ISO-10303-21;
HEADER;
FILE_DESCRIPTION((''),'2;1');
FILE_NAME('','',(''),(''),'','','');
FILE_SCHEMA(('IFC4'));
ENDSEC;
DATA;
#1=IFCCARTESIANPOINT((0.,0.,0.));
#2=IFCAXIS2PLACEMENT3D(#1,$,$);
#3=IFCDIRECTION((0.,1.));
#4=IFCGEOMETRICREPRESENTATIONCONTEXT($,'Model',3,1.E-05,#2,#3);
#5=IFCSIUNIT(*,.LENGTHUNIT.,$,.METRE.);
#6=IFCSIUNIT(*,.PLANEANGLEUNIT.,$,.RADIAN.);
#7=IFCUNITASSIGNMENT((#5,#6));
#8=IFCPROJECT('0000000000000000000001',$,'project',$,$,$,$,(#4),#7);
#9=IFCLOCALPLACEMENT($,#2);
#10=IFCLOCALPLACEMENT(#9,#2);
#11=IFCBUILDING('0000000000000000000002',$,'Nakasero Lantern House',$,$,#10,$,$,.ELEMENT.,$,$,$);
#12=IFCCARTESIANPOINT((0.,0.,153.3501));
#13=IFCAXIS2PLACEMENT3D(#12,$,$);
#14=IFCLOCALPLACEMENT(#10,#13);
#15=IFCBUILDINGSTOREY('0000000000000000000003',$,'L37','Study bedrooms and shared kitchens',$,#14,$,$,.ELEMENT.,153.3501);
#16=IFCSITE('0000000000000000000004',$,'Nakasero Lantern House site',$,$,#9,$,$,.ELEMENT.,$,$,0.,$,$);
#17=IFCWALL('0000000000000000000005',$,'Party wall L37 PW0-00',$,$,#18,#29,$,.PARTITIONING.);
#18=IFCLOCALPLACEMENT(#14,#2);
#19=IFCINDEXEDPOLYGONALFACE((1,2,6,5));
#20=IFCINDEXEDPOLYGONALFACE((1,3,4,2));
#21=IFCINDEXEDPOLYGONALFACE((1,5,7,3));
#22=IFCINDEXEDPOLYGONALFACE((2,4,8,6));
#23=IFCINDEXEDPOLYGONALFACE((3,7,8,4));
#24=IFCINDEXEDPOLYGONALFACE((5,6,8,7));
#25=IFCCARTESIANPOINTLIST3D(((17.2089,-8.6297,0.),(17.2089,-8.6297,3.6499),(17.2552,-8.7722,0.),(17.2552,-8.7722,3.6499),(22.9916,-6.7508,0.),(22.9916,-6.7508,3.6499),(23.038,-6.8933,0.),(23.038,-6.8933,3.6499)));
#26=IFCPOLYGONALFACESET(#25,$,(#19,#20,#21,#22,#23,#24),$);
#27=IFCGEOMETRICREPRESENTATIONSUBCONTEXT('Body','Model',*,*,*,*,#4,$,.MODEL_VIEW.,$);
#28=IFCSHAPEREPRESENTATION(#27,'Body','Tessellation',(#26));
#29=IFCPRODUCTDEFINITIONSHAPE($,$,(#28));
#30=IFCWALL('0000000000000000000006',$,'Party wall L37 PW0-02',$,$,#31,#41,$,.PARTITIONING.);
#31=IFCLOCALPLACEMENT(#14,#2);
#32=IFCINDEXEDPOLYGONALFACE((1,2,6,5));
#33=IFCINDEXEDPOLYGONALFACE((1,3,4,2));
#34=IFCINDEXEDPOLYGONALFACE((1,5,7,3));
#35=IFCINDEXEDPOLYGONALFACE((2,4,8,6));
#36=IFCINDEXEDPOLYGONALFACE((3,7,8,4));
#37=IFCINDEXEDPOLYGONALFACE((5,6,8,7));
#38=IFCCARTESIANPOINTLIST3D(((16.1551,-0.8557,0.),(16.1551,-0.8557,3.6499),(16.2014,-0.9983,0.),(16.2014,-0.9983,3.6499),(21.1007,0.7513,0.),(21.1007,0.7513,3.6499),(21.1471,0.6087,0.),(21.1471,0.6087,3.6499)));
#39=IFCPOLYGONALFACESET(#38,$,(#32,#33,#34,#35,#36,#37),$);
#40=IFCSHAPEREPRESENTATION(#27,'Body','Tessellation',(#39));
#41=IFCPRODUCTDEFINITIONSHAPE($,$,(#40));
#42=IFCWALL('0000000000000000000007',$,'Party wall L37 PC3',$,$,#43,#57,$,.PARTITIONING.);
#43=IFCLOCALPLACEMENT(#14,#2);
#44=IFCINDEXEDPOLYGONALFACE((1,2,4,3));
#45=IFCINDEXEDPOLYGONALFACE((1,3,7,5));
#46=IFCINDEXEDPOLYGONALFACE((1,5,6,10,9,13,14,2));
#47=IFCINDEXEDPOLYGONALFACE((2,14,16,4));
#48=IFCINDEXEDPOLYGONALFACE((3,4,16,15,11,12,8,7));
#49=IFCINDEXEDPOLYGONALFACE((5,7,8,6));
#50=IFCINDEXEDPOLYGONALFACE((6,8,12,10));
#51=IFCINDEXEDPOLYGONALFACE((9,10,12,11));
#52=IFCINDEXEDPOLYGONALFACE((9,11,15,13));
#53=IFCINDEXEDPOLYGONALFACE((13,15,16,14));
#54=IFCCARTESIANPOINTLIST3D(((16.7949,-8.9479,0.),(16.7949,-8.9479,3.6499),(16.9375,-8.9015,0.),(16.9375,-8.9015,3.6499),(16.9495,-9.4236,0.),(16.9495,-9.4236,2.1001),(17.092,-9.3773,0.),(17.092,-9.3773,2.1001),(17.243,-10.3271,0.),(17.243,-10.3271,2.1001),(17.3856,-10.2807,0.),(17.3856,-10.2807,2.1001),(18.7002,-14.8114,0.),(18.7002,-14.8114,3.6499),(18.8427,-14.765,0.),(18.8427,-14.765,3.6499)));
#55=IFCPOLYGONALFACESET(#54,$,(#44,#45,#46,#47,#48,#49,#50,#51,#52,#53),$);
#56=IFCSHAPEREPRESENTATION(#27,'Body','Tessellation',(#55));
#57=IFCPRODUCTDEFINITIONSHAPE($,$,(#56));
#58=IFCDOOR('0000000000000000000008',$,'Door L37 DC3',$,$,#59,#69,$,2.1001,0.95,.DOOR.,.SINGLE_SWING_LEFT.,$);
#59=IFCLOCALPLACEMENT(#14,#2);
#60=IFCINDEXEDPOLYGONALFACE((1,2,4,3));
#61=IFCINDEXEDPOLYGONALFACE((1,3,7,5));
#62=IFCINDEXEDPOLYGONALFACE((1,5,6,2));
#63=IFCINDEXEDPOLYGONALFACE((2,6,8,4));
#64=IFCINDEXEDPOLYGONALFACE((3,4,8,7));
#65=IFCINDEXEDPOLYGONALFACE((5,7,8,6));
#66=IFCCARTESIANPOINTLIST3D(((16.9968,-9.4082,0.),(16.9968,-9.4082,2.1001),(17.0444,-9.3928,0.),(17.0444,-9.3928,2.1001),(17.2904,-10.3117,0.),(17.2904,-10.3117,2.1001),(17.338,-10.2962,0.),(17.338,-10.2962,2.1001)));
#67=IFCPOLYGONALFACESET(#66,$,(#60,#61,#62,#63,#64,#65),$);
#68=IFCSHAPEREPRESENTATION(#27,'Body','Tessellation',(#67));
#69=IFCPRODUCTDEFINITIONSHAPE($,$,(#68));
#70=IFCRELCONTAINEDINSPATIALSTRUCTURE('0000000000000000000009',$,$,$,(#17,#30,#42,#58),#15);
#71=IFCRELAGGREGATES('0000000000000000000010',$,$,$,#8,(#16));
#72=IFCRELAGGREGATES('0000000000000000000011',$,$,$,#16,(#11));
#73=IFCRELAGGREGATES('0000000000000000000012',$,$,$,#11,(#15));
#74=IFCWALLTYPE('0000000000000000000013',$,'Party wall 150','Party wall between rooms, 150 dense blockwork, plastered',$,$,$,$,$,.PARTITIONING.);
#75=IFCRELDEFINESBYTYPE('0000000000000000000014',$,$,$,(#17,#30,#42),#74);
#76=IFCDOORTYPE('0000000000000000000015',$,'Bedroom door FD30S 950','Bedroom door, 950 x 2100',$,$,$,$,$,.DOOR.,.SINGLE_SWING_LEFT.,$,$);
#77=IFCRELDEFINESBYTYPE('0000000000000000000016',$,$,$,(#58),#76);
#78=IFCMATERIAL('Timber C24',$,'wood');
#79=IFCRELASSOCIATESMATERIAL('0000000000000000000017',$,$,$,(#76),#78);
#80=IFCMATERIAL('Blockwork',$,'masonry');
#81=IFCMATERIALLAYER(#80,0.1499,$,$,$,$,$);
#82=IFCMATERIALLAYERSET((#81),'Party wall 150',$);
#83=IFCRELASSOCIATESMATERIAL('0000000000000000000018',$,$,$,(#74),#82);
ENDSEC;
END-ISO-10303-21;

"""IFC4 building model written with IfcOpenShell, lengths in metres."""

from ifc_helpers import new_model, si_unit, direction, frame, frame_2d, origin, place, context, subcontext, project, spatial, rectangle, extrude, material, layer, layer_set, type_object, element, fill, save


model = new_model("IFC4")

# Units and contexts
model_context = context("Model", 3, precision=1e-05, world=origin(), true_north=direction((0.0, 1.0)))
body_context = subcontext(model_context, "Body", "Model", "MODEL_VIEW")
ifc_project = project(units=[si_unit("LENGTHUNIT", "METRE"), si_unit("PLANEANGLEUNIT", "RADIAN")], contexts=[model_context])

# Site, building, storey
site_placement = place(None, origin())
site = spatial("IfcSite", under=ifc_project, at=site_placement, Name="Nakasero Lantern House site", CompositionType="ELEMENT", RefElevation=0.0)
building_placement = place(site_placement, origin())
building = spatial("IfcBuilding", under=site, at=building_placement, Name="Nakasero Lantern House", CompositionType="ELEMENT")
storey_placement = place(building_placement, frame((0.0, 0.0, 153.3501)))
storey = spatial("IfcBuildingStorey", under=building, at=storey_placement, Name="L37", Description="Study bedrooms and shared kitchens", CompositionType="ELEMENT", Elevation=153.3501)

# Shared definitions
ifc_material_1 = material(Name="Timber C24", Category="wood")
door_type_1 = type_object("IfcDoorType", Name="Bedroom door FD30S 950", Description="Bedroom door, 950 x 2100", OperationType="SINGLE_SWING_LEFT", PredefinedType="DOOR", material=ifc_material_1)

# Walls
ifc_material_2 = material(Name="Blockwork", Category="masonry")
ifc_layer_1 = layer(ifc_material_2, 0.1499)
ifc_layer_set_1 = layer_set([ifc_layer_1], Name="Party wall 150")
wall_type_1 = type_object("IfcWallType", Name="Party wall 150", Description="Party wall between rooms, 150 dense blockwork, plastered", PredefinedType="PARTITIONING", material=ifc_layer_set_1)
wall_1_placement = place(storey_placement, frame((17.2322, -8.7009, 0.0), z_axis=(0.0, 0.0, 1.0), x_axis=(0.951057, 0.309015, 0.0)))
element("IfcWall", 1, at=wall_1_placement, inside=storey, type_object=wall_type_1, Name="Party wall L37 PW0-00", PredefinedType="PARTITIONING", context=body_context, shape_type="SweptSolid", body=[
    extrude(rectangle(XDim=6.0803, YDim=0.1499, at=frame_2d((3.04, 0.0))), origin(), (0.0, 0.0, 1.0), 3.6499),
])
wall_2_placement = place(storey_placement, frame((16.1782, -0.927, 0.0), z_axis=(0.0, 0.0, 1.0), x_axis=(0.951055, 0.309021, 0.0)))
element("IfcWall", 2, at=wall_2_placement, inside=storey, type_object=wall_type_1, Name="Party wall L37 PW0-02", PredefinedType="PARTITIONING", context=body_context, shape_type="SweptSolid", body=[
    extrude(rectangle(XDim=5.2002, YDim=0.1499, at=frame_2d((2.6001, 0.0))), origin(), (0.0, 0.0, 1.0), 3.6499),
])

# Wall, opening, door
wall_3_placement = place(storey_placement, frame((16.8662, -8.9248, 0.0), z_axis=(0.0, 0.0, 1.0), x_axis=(0.309031, -0.951052, 0.0)))
wall_3 = element("IfcWall", 3, at=wall_3_placement, inside=storey, type_object=wall_type_1, Name="Party wall L37 PC3", PredefinedType="PARTITIONING", context=body_context, shape_type="SweptSolid", body=[
    extrude(rectangle(XDim=6.1653, YDim=0.1499, at=frame_2d((3.0825, 0.0))), origin(), (0.0, 0.0, 1.0), 3.6499),
])
opening_1_placement = place(wall_3_placement, frame((0.5, 0.0, 0.0)))
opening_1 = element("IfcOpeningElement", 4, at=opening_1_placement, cuts=wall_3, PredefinedType="OPENING", context=body_context, shape_type="SweptSolid", body=[
    extrude(rectangle(XDim=0.95, YDim=2.1001, at=frame_2d((0.4751, 1.05))), frame((0.0, 0.095, 0.0), z_axis=(0.0, -1.0, 0.0), x_axis=(1.0, 0.0, 0.0)), (0.0, 0.0, 1.0), 0.1899),
])
door_1_placement = place(opening_1_placement, origin())
door_1 = element("IfcDoor", 5, at=door_1_placement, inside=storey, type_object=door_type_1, Name="Door L37 DC3", OperationType="SINGLE_SWING_LEFT", OverallHeight=2.1001, OverallWidth=0.95, PredefinedType="DOOR", context=body_context, shape_type="SweptSolid", body=[
    extrude(rectangle(XDim=0.95, YDim=2.1001, at=frame_2d((0.4751, 1.05))), frame((0.0, 0.0249, 0.0), z_axis=(0.0, -1.0, 0.0), x_axis=(1.0, 0.0, 0.0)), (0.0, 0.0, 1.0), 0.05),
])
fill(opening_1, door_1)

save(model, "model.ifc")
